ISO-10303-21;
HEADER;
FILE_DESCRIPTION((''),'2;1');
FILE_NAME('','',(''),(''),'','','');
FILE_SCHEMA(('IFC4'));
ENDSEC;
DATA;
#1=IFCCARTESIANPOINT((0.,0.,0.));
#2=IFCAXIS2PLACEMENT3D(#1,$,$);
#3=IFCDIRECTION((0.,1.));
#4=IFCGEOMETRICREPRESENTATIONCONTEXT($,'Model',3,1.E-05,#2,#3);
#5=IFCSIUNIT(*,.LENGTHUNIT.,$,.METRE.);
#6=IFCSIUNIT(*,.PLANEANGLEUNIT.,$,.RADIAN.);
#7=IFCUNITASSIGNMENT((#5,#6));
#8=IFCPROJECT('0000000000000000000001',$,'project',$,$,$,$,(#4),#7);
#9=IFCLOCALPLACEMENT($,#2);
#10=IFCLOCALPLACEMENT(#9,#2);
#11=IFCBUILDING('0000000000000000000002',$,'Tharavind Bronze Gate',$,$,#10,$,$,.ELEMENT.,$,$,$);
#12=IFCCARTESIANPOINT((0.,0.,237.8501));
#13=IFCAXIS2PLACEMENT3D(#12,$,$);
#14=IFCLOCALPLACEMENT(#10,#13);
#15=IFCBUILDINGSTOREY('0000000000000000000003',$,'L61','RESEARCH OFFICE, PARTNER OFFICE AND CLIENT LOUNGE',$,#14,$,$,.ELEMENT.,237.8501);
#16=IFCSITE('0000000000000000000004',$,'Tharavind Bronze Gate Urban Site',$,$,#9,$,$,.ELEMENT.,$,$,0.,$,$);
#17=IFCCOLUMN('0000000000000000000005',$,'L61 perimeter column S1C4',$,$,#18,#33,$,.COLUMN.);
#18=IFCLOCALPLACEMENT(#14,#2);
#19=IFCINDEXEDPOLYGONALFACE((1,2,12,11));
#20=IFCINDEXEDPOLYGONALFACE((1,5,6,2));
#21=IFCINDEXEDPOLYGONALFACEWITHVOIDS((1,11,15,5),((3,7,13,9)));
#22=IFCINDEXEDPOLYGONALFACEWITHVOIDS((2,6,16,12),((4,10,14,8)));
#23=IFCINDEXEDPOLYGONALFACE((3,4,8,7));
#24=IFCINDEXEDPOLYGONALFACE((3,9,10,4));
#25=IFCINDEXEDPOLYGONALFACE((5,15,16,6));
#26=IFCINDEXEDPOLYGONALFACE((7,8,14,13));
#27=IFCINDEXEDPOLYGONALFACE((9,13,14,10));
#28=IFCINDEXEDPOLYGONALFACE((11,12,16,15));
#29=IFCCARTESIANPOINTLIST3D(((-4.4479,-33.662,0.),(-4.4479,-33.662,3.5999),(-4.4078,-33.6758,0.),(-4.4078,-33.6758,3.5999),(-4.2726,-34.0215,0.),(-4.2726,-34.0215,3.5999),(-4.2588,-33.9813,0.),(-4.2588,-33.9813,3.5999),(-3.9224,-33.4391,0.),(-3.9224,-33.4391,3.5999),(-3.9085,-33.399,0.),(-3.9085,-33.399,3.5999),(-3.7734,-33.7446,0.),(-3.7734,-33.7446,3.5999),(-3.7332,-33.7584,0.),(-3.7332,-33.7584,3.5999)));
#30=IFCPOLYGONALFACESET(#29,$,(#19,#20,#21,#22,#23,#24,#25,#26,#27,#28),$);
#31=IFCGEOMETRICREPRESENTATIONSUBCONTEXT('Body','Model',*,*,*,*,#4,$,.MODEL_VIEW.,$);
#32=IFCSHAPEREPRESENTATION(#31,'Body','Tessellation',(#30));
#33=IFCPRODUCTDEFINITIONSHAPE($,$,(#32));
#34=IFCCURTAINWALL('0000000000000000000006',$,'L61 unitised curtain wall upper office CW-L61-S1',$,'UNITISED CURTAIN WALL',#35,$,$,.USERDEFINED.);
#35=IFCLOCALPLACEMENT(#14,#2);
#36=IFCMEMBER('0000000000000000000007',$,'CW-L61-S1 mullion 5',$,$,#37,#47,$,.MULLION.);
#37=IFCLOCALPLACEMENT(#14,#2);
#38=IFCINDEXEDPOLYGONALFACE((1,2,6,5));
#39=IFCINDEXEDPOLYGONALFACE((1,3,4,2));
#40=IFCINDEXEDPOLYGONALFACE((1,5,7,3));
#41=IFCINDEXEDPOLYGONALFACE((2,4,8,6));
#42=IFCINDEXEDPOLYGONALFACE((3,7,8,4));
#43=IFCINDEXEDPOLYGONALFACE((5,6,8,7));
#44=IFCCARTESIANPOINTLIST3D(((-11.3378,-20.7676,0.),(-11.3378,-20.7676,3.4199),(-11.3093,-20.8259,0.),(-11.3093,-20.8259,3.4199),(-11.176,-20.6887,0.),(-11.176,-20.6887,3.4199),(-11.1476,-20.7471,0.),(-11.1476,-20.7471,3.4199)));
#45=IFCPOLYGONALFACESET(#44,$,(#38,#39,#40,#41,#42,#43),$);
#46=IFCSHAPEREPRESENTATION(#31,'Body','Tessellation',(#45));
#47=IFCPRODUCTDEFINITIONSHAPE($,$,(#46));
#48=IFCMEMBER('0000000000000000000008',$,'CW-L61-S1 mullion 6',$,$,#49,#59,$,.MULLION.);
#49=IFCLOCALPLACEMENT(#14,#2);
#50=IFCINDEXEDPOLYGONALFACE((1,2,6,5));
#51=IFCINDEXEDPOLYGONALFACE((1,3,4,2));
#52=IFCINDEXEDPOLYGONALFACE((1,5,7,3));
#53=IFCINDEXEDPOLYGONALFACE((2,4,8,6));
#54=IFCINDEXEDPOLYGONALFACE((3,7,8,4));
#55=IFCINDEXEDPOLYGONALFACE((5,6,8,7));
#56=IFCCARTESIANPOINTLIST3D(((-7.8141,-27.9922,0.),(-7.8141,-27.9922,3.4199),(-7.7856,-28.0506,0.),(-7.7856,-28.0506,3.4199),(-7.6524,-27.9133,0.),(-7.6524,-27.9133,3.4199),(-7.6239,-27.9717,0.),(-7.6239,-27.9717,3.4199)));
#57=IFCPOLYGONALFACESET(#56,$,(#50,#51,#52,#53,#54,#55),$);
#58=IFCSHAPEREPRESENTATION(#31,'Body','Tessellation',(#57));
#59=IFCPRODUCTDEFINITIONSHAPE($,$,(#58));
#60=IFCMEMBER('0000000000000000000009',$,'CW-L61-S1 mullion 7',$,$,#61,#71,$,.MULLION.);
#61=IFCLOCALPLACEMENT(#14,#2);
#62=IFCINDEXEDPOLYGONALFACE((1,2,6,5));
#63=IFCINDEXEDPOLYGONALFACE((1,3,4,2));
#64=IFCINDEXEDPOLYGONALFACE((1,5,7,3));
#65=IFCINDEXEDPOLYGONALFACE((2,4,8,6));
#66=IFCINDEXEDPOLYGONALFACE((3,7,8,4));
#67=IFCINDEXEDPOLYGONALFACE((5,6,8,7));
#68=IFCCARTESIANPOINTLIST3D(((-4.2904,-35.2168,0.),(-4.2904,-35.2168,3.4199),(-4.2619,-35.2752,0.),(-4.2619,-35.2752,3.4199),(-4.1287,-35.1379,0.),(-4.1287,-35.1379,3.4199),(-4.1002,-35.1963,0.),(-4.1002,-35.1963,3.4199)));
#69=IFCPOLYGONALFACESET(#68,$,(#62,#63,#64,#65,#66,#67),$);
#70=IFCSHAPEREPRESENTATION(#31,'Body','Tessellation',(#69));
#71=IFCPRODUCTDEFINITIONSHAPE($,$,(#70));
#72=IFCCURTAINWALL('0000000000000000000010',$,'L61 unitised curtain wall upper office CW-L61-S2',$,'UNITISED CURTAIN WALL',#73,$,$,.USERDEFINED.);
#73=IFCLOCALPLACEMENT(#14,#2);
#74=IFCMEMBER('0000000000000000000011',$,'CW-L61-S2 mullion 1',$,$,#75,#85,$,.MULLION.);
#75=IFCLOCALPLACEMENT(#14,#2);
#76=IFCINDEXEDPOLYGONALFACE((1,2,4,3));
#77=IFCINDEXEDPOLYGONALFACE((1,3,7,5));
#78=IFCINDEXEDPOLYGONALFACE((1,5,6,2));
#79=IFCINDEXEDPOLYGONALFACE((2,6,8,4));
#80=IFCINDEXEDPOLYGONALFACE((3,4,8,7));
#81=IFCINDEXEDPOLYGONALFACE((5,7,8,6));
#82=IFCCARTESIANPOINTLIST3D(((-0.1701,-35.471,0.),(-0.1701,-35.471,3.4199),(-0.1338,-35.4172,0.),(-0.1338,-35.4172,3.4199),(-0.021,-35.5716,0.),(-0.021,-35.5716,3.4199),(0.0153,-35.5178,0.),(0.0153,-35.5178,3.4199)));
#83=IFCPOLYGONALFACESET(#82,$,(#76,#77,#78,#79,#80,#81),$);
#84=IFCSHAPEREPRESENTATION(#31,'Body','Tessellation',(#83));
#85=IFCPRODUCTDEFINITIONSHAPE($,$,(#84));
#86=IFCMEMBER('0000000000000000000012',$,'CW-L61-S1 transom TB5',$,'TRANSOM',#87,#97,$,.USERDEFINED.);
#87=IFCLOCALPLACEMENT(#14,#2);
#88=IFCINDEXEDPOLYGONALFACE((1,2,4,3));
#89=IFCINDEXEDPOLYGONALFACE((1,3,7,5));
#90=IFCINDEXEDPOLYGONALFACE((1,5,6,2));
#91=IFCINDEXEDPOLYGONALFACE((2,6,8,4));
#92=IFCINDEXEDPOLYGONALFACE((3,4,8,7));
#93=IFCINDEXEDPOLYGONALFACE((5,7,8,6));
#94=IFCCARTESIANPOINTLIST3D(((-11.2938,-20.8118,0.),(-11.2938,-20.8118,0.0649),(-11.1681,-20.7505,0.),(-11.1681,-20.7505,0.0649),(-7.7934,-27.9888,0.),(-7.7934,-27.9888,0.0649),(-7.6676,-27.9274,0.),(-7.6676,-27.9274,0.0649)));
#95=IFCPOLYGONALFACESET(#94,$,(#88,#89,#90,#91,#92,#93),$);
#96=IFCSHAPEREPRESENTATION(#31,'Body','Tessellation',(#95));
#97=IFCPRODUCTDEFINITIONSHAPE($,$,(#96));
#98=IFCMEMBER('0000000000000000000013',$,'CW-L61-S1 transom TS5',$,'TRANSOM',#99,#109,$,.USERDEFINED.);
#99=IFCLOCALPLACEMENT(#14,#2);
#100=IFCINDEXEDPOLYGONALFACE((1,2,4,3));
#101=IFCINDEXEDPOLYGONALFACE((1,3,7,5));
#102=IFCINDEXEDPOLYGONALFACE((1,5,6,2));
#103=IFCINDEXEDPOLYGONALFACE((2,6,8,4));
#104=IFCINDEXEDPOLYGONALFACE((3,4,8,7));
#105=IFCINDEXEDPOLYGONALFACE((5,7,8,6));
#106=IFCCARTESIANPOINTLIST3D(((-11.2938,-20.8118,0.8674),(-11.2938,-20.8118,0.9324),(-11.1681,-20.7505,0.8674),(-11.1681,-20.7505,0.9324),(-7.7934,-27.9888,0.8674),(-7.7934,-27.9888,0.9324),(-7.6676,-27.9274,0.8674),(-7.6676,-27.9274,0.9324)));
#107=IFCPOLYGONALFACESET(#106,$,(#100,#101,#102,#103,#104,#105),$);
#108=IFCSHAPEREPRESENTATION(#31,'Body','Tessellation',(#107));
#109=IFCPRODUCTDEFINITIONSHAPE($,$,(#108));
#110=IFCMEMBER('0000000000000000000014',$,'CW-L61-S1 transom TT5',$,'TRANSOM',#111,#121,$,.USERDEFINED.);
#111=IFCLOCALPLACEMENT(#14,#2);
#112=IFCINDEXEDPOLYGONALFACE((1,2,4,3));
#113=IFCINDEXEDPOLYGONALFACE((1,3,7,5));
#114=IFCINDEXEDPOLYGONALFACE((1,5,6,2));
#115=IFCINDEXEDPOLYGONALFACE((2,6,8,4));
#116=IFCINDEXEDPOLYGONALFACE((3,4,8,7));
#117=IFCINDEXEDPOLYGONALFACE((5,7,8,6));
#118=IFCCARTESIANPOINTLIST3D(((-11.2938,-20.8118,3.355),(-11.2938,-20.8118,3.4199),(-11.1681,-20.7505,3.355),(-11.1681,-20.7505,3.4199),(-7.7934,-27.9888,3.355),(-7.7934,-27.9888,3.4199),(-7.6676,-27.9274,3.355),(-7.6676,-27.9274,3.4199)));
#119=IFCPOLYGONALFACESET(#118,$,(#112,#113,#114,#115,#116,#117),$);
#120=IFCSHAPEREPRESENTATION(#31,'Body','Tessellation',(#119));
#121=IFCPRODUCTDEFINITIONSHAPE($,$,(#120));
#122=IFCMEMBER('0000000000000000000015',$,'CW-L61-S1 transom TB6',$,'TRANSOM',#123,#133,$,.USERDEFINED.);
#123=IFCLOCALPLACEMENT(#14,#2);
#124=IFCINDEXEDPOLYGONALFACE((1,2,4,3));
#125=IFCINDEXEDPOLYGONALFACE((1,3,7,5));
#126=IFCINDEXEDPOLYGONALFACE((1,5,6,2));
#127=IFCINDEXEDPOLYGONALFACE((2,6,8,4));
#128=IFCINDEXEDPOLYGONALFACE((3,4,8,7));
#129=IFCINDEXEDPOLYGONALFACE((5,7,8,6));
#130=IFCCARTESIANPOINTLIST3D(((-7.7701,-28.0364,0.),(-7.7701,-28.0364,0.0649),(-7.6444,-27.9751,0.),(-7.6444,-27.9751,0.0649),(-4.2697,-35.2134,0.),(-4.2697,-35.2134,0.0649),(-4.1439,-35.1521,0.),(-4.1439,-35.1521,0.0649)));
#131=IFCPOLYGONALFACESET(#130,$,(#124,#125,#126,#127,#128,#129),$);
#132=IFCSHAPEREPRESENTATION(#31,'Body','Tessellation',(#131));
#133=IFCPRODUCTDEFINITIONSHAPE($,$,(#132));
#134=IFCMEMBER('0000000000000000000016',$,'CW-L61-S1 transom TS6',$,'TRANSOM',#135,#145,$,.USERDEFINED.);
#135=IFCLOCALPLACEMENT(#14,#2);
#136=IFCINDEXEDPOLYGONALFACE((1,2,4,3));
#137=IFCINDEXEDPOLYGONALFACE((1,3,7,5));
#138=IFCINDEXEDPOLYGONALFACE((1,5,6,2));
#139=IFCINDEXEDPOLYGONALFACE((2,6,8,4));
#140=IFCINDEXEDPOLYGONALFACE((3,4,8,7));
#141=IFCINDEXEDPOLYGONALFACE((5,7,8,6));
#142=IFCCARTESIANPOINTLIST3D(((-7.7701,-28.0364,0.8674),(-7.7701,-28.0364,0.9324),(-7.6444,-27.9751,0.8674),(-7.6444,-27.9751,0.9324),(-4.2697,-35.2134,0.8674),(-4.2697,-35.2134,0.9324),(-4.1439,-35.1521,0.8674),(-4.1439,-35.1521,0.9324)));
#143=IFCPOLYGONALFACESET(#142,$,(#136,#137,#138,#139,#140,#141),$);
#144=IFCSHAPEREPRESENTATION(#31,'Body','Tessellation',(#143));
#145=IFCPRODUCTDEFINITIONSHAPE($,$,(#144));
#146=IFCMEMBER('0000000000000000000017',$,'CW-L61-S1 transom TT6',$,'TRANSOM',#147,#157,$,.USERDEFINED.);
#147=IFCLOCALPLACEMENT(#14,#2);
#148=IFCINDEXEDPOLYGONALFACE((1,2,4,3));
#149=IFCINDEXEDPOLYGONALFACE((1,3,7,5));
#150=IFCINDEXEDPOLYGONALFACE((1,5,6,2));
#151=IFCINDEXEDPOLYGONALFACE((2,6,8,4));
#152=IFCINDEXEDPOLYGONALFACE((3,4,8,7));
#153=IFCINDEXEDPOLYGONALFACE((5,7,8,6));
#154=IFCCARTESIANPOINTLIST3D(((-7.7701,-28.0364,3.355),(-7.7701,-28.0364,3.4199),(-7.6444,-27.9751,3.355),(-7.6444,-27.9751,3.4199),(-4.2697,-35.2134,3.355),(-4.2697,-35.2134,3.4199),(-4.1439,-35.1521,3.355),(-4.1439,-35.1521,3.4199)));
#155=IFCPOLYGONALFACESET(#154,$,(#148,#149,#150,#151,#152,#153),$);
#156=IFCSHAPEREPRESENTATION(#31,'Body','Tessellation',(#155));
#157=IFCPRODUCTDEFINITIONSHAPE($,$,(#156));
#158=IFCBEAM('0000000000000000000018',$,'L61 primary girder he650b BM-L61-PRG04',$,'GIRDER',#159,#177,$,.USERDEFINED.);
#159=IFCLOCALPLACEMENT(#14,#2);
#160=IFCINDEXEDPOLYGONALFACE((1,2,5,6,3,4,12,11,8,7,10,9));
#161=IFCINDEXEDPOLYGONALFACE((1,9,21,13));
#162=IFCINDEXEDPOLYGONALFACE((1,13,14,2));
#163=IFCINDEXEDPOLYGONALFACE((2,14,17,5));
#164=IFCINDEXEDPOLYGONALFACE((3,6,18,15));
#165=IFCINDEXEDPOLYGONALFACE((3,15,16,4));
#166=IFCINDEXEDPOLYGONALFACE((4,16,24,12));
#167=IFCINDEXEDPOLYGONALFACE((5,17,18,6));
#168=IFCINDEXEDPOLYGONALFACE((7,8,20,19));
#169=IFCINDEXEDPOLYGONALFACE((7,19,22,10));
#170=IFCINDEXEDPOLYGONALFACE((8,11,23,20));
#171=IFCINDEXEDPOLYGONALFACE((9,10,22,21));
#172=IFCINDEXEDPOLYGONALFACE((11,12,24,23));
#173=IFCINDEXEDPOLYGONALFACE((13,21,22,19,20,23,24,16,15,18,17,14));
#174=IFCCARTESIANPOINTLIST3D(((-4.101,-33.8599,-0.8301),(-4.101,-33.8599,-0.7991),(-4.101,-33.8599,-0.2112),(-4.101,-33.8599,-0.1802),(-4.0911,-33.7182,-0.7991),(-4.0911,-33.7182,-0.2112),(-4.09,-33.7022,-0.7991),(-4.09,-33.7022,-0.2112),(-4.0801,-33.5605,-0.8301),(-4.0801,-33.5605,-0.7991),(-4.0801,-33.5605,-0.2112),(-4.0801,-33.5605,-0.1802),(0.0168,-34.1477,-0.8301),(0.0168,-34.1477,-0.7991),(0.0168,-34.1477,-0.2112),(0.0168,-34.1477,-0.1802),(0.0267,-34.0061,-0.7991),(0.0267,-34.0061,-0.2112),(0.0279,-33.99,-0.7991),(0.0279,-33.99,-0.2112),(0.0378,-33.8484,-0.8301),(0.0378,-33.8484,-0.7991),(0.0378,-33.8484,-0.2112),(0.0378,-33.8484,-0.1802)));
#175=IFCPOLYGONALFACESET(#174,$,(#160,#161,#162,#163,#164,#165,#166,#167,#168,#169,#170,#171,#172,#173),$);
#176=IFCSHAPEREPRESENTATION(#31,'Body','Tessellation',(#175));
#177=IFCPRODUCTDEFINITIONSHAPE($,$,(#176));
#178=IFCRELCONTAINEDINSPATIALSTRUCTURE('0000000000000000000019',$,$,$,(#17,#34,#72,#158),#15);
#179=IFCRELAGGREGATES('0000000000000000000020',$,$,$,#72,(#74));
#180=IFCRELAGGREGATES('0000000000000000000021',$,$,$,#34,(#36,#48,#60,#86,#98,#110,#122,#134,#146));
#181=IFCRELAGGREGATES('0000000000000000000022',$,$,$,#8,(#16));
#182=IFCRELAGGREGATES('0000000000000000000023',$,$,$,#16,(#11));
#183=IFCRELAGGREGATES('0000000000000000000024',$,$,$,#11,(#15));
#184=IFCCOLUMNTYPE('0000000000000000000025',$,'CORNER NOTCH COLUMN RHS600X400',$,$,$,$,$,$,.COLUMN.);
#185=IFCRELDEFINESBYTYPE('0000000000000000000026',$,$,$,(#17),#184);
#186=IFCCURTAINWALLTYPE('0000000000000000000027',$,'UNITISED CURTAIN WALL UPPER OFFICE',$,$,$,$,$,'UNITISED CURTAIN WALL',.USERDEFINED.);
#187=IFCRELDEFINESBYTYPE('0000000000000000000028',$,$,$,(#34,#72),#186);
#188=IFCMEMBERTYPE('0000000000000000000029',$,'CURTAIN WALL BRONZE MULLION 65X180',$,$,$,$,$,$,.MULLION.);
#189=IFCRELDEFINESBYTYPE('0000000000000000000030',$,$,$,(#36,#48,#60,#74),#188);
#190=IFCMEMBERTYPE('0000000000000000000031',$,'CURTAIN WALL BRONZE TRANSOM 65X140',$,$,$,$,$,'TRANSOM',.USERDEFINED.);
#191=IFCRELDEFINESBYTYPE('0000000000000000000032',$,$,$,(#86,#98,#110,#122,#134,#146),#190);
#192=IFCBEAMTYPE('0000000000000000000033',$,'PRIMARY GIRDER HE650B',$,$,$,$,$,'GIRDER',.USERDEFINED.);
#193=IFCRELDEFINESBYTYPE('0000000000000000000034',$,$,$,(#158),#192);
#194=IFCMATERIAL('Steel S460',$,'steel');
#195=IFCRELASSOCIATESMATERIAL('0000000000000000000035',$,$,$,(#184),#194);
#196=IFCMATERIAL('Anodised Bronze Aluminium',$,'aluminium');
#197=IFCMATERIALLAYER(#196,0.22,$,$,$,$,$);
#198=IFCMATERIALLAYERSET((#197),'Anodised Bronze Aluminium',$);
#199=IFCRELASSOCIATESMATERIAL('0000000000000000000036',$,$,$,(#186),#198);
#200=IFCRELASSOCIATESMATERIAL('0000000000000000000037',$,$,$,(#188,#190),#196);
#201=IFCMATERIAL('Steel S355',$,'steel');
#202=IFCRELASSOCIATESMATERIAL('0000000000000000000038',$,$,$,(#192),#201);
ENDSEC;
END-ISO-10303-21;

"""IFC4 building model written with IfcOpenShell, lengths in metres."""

from ifc_helpers import new_model, si_unit, direction, frame, origin, origin_2d, place, context, subcontext, project, spatial, rectangle, hollow_rectangle, i_section, extrude, material, layer, layer_set, material_profile, profile_set, type_object, element, aggregate, save


model = new_model("IFC4")

# Units and contexts
model_context = context("Model", 3, precision=1e-05, world=origin(), true_north=direction((0.0, 1.0)))
body_context = subcontext(model_context, "Body", "Model", "MODEL_VIEW")
ifc_project = project(units=[si_unit("LENGTHUNIT", "METRE"), si_unit("PLANEANGLEUNIT", "RADIAN")], contexts=[model_context])

# Site, building, storey
site_placement = place(None, origin())
site = spatial("IfcSite", under=ifc_project, at=site_placement, Name="Tharavind Bronze Gate Urban Site", CompositionType="ELEMENT", RefElevation=0.0)
building_placement = place(site_placement, origin())
building = spatial("IfcBuilding", under=site, at=building_placement, Name="Tharavind Bronze Gate", CompositionType="ELEMENT")
storey_placement = place(building_placement, frame((0.0, 0.0, 237.8501)))
storey = spatial("IfcBuildingStorey", under=building, at=storey_placement, Name="L61", Description="RESEARCH OFFICE, PARTNER OFFICE AND CLIENT LOUNGE", CompositionType="ELEMENT", Elevation=237.8501)

# Column
ifc_material_1 = material(Name="Steel S460", Category="steel")
ifc_material_profile_1 = material_profile(ifc_material_1, hollow_rectangle(XDim=0.3999, YDim=0.6001, WallThickness=0.03, at=origin_2d()), Name="RHS600X400X30")
ifc_profile_set_1 = profile_set([ifc_material_profile_1], Name="Steel S460")
column_type = type_object("IfcColumnType", Name="CORNER NOTCH COLUMN RHS600X400", PredefinedType="COLUMN", material=ifc_profile_set_1)
column_placement = place(storey_placement, frame((-4.0906, -33.7102, 0.0), z_axis=(0.0, 0.0, 1.0), x_axis=(-0.438371, 0.898794, 0.0)))
element("IfcColumn", 1, at=column_placement, inside=storey, type_object=column_type, Name="L61 perimeter column S1C4", PredefinedType="COLUMN", context=body_context, shape_type="SweptSolid", body=[
    extrude(hollow_rectangle(XDim=0.3999, YDim=0.6001, WallThickness=0.03, at=origin_2d()), origin(), (0.0, 0.0, 1.0), 3.5999),
])

# Curtain wall, members
ifc_material_2 = material(Name="Anodised Bronze Aluminium", Category="aluminium")
ifc_layer_1 = layer(ifc_material_2, 0.22)
ifc_layer_set_1 = layer_set([ifc_layer_1], Name="Anodised Bronze Aluminium")
curtain_wall_type = type_object("IfcCurtainWallType", Name="UNITISED CURTAIN WALL UPPER OFFICE", ElementType="UNITISED CURTAIN WALL", PredefinedType="USERDEFINED", material=ifc_layer_set_1)
curtain_wall_1_placement = place(storey_placement, origin())
curtain_wall_1 = element("IfcCurtainWall", 2, at=curtain_wall_1_placement, inside=storey, type_object=curtain_wall_type, Name="L61 unitised curtain wall upper office CW-L61-S1", ObjectType="UNITISED CURTAIN WALL", PredefinedType="USERDEFINED")
member_type_1 = type_object("IfcMemberType", Name="CURTAIN WALL BRONZE MULLION 65X180", PredefinedType="MULLION", material=ifc_material_2)
member_1_placement = place(storey_placement, frame((-11.2427, -20.7573, 0.0), z_axis=(0.0, 0.0, 1.0), x_axis=(0.438371, -0.898794, 0.0)))
member_1 = element("IfcMember", 3, at=member_1_placement, type_object=member_type_1, Name="CW-L61-S1 mullion 5", PredefinedType="MULLION", context=body_context, shape_type="SweptSolid", body=[
    extrude(rectangle(XDim=0.0649, YDim=0.1799, at=origin_2d()), origin(), (0.0, 0.0, 1.0), 3.4199),
])
member_2_placement = place(storey_placement, frame((-7.719, -27.9819, 0.0), z_axis=(0.0, 0.0, 1.0), x_axis=(0.438371, -0.898794, 0.0)))
member_2 = element("IfcMember", 4, at=member_2_placement, type_object=member_type_1, Name="CW-L61-S1 mullion 6", PredefinedType="MULLION", context=body_context, shape_type="SweptSolid", body=[
    extrude(rectangle(XDim=0.0649, YDim=0.1799, at=origin_2d()), origin(), (0.0, 0.0, 1.0), 3.4199),
])
member_3_placement = place(storey_placement, frame((-4.1953, -35.2065, 0.0), z_axis=(0.0, 0.0, 1.0), x_axis=(0.438371, -0.898794, 0.0)))
member_3 = element("IfcMember", 5, at=member_3_placement, type_object=member_type_1, Name="CW-L61-S1 mullion 7", PredefinedType="MULLION", context=body_context, shape_type="SweptSolid", body=[
    extrude(rectangle(XDim=0.0649, YDim=0.1799, at=origin_2d()), origin(), (0.0, 0.0, 1.0), 3.4199),
])

# Curtain wall, member
curtain_wall_2_placement = place(storey_placement, origin())
curtain_wall_2 = element("IfcCurtainWall", 6, at=curtain_wall_2_placement, inside=storey, type_object=curtain_wall_type, Name="L61 unitised curtain wall upper office CW-L61-S2", ObjectType="UNITISED CURTAIN WALL", PredefinedType="USERDEFINED")
member_4_placement = place(storey_placement, frame((-0.0774, -35.4944, 0.0), z_axis=(0.0, 0.0, 1.0), x_axis=(0.559193, 0.829038, 0.0)))
member_4 = element("IfcMember", 7, at=member_4_placement, type_object=member_type_1, Name="CW-L61-S2 mullion 1", PredefinedType="MULLION", context=body_context, shape_type="SweptSolid", body=[
    extrude(rectangle(XDim=0.0649, YDim=0.1799, at=origin_2d()), origin(), (0.0, 0.0, 1.0), 3.4199),
])
aggregate(curtain_wall_2, [member_4])

# Members
member_type_2 = type_object("IfcMemberType", Name="CURTAIN WALL BRONZE TRANSOM 65X140", ElementType="TRANSOM", PredefinedType="USERDEFINED", material=ifc_material_2)
member_5_placement = place(storey_placement, frame((-9.4807, -24.3696, 0.0), z_axis=(0.0, 0.0, 1.0), x_axis=(0.438371, -0.898794, 0.0)))
member_5 = element("IfcMember", 8, at=member_5_placement, type_object=member_type_2, Name="CW-L61-S1 transom TB5", ObjectType="TRANSOM", PredefinedType="USERDEFINED", context=body_context, shape_type="SweptSolid", body=[
    extrude(rectangle(XDim=7.9851, YDim=0.1399, at=origin_2d()), origin(), (0.0, 0.0, 1.0), 0.0649),
])
member_6_placement = place(storey_placement, frame((-9.4807, -24.3696, 0.8674), z_axis=(0.0, 0.0, 1.0), x_axis=(0.438371, -0.898794, 0.0)))
member_6 = element("IfcMember", 9, at=member_6_placement, type_object=member_type_2, Name="CW-L61-S1 transom TS5", ObjectType="TRANSOM", PredefinedType="USERDEFINED", context=body_context, shape_type="SweptSolid", body=[
    extrude(rectangle(XDim=7.9851, YDim=0.1399, at=origin_2d()), origin(), (0.0, 0.0, 1.0), 0.0649),
])
member_7_placement = place(storey_placement, frame((-9.4807, -24.3696, 3.355), z_axis=(0.0, 0.0, 1.0), x_axis=(0.438371, -0.898794, 0.0)))
member_7 = element("IfcMember", 10, at=member_7_placement, type_object=member_type_2, Name="CW-L61-S1 transom TT5", ObjectType="TRANSOM", PredefinedType="USERDEFINED", context=body_context, shape_type="SweptSolid", body=[
    extrude(rectangle(XDim=7.9851, YDim=0.1399, at=origin_2d()), origin(), (0.0, 0.0, 1.0), 0.0649),
])
member_8_placement = place(storey_placement, frame((-5.957, -31.5942, 0.0), z_axis=(0.0, 0.0, 1.0), x_axis=(0.438371, -0.898794, 0.0)))
member_8 = element("IfcMember", 11, at=member_8_placement, type_object=member_type_2, Name="CW-L61-S1 transom TB6", ObjectType="TRANSOM", PredefinedType="USERDEFINED", context=body_context, shape_type="SweptSolid", body=[
    extrude(rectangle(XDim=7.9851, YDim=0.1399, at=origin_2d()), origin(), (0.0, 0.0, 1.0), 0.0649),
])
member_9_placement = place(storey_placement, frame((-5.957, -31.5942, 0.8674), z_axis=(0.0, 0.0, 1.0), x_axis=(0.438371, -0.898794, 0.0)))
member_9 = element("IfcMember", 12, at=member_9_placement, type_object=member_type_2, Name="CW-L61-S1 transom TS6", ObjectType="TRANSOM", PredefinedType="USERDEFINED", context=body_context, shape_type="SweptSolid", body=[
    extrude(rectangle(XDim=7.9851, YDim=0.1399, at=origin_2d()), origin(), (0.0, 0.0, 1.0), 0.0649),
])
member_10_placement = place(storey_placement, frame((-5.957, -31.5942, 3.355), z_axis=(0.0, 0.0, 1.0), x_axis=(0.438371, -0.898794, 0.0)))
member_10 = element("IfcMember", 13, at=member_10_placement, type_object=member_type_2, Name="CW-L61-S1 transom TT6", ObjectType="TRANSOM", PredefinedType="USERDEFINED", context=body_context, shape_type="SweptSolid", body=[
    extrude(rectangle(XDim=7.9851, YDim=0.1399, at=origin_2d()), origin(), (0.0, 0.0, 1.0), 0.0649),
])

# Beam
ifc_material_3 = material(Name="Steel S355", Category="steel")
ifc_material_profile_2 = material_profile(ifc_material_3, i_section(OverallWidth=0.3, OverallDepth=0.6499, WebThickness=0.0161, FlangeThickness=0.031, at=origin_2d()), Name="HE650B")
ifc_profile_set_2 = profile_set([ifc_material_profile_2], Name="Steel S355")
beam_type_1 = type_object("IfcBeamType", Name="PRIMARY GIRDER HE650B", ElementType="GIRDER", PredefinedType="USERDEFINED", material=ifc_profile_set_2)
beam_1_placement = place(storey_placement, frame((-4.0906, -33.7102, -0.5051), z_axis=(0.997566, -0.06973, 0.0), x_axis=(0.06973, 0.997566, 0.0)))
element("IfcBeam", 14, at=beam_1_placement, inside=storey, type_object=beam_type_1, Name="L61 primary girder he650b BM-L61-PRG04", ObjectType="GIRDER", PredefinedType="USERDEFINED", context=body_context, shape_type="SweptSolid", body=[
    extrude(i_section(OverallWidth=0.3, OverallDepth=0.6499, WebThickness=0.0161, FlangeThickness=0.031, at=origin_2d()), origin(), (0.0, 0.0, 1.0), 4.1279),
])

aggregate(curtain_wall_1, [member_1, member_2, member_3, member_5, member_6, member_7, member_8, member_9, member_10])

save(model, "model.ifc")
